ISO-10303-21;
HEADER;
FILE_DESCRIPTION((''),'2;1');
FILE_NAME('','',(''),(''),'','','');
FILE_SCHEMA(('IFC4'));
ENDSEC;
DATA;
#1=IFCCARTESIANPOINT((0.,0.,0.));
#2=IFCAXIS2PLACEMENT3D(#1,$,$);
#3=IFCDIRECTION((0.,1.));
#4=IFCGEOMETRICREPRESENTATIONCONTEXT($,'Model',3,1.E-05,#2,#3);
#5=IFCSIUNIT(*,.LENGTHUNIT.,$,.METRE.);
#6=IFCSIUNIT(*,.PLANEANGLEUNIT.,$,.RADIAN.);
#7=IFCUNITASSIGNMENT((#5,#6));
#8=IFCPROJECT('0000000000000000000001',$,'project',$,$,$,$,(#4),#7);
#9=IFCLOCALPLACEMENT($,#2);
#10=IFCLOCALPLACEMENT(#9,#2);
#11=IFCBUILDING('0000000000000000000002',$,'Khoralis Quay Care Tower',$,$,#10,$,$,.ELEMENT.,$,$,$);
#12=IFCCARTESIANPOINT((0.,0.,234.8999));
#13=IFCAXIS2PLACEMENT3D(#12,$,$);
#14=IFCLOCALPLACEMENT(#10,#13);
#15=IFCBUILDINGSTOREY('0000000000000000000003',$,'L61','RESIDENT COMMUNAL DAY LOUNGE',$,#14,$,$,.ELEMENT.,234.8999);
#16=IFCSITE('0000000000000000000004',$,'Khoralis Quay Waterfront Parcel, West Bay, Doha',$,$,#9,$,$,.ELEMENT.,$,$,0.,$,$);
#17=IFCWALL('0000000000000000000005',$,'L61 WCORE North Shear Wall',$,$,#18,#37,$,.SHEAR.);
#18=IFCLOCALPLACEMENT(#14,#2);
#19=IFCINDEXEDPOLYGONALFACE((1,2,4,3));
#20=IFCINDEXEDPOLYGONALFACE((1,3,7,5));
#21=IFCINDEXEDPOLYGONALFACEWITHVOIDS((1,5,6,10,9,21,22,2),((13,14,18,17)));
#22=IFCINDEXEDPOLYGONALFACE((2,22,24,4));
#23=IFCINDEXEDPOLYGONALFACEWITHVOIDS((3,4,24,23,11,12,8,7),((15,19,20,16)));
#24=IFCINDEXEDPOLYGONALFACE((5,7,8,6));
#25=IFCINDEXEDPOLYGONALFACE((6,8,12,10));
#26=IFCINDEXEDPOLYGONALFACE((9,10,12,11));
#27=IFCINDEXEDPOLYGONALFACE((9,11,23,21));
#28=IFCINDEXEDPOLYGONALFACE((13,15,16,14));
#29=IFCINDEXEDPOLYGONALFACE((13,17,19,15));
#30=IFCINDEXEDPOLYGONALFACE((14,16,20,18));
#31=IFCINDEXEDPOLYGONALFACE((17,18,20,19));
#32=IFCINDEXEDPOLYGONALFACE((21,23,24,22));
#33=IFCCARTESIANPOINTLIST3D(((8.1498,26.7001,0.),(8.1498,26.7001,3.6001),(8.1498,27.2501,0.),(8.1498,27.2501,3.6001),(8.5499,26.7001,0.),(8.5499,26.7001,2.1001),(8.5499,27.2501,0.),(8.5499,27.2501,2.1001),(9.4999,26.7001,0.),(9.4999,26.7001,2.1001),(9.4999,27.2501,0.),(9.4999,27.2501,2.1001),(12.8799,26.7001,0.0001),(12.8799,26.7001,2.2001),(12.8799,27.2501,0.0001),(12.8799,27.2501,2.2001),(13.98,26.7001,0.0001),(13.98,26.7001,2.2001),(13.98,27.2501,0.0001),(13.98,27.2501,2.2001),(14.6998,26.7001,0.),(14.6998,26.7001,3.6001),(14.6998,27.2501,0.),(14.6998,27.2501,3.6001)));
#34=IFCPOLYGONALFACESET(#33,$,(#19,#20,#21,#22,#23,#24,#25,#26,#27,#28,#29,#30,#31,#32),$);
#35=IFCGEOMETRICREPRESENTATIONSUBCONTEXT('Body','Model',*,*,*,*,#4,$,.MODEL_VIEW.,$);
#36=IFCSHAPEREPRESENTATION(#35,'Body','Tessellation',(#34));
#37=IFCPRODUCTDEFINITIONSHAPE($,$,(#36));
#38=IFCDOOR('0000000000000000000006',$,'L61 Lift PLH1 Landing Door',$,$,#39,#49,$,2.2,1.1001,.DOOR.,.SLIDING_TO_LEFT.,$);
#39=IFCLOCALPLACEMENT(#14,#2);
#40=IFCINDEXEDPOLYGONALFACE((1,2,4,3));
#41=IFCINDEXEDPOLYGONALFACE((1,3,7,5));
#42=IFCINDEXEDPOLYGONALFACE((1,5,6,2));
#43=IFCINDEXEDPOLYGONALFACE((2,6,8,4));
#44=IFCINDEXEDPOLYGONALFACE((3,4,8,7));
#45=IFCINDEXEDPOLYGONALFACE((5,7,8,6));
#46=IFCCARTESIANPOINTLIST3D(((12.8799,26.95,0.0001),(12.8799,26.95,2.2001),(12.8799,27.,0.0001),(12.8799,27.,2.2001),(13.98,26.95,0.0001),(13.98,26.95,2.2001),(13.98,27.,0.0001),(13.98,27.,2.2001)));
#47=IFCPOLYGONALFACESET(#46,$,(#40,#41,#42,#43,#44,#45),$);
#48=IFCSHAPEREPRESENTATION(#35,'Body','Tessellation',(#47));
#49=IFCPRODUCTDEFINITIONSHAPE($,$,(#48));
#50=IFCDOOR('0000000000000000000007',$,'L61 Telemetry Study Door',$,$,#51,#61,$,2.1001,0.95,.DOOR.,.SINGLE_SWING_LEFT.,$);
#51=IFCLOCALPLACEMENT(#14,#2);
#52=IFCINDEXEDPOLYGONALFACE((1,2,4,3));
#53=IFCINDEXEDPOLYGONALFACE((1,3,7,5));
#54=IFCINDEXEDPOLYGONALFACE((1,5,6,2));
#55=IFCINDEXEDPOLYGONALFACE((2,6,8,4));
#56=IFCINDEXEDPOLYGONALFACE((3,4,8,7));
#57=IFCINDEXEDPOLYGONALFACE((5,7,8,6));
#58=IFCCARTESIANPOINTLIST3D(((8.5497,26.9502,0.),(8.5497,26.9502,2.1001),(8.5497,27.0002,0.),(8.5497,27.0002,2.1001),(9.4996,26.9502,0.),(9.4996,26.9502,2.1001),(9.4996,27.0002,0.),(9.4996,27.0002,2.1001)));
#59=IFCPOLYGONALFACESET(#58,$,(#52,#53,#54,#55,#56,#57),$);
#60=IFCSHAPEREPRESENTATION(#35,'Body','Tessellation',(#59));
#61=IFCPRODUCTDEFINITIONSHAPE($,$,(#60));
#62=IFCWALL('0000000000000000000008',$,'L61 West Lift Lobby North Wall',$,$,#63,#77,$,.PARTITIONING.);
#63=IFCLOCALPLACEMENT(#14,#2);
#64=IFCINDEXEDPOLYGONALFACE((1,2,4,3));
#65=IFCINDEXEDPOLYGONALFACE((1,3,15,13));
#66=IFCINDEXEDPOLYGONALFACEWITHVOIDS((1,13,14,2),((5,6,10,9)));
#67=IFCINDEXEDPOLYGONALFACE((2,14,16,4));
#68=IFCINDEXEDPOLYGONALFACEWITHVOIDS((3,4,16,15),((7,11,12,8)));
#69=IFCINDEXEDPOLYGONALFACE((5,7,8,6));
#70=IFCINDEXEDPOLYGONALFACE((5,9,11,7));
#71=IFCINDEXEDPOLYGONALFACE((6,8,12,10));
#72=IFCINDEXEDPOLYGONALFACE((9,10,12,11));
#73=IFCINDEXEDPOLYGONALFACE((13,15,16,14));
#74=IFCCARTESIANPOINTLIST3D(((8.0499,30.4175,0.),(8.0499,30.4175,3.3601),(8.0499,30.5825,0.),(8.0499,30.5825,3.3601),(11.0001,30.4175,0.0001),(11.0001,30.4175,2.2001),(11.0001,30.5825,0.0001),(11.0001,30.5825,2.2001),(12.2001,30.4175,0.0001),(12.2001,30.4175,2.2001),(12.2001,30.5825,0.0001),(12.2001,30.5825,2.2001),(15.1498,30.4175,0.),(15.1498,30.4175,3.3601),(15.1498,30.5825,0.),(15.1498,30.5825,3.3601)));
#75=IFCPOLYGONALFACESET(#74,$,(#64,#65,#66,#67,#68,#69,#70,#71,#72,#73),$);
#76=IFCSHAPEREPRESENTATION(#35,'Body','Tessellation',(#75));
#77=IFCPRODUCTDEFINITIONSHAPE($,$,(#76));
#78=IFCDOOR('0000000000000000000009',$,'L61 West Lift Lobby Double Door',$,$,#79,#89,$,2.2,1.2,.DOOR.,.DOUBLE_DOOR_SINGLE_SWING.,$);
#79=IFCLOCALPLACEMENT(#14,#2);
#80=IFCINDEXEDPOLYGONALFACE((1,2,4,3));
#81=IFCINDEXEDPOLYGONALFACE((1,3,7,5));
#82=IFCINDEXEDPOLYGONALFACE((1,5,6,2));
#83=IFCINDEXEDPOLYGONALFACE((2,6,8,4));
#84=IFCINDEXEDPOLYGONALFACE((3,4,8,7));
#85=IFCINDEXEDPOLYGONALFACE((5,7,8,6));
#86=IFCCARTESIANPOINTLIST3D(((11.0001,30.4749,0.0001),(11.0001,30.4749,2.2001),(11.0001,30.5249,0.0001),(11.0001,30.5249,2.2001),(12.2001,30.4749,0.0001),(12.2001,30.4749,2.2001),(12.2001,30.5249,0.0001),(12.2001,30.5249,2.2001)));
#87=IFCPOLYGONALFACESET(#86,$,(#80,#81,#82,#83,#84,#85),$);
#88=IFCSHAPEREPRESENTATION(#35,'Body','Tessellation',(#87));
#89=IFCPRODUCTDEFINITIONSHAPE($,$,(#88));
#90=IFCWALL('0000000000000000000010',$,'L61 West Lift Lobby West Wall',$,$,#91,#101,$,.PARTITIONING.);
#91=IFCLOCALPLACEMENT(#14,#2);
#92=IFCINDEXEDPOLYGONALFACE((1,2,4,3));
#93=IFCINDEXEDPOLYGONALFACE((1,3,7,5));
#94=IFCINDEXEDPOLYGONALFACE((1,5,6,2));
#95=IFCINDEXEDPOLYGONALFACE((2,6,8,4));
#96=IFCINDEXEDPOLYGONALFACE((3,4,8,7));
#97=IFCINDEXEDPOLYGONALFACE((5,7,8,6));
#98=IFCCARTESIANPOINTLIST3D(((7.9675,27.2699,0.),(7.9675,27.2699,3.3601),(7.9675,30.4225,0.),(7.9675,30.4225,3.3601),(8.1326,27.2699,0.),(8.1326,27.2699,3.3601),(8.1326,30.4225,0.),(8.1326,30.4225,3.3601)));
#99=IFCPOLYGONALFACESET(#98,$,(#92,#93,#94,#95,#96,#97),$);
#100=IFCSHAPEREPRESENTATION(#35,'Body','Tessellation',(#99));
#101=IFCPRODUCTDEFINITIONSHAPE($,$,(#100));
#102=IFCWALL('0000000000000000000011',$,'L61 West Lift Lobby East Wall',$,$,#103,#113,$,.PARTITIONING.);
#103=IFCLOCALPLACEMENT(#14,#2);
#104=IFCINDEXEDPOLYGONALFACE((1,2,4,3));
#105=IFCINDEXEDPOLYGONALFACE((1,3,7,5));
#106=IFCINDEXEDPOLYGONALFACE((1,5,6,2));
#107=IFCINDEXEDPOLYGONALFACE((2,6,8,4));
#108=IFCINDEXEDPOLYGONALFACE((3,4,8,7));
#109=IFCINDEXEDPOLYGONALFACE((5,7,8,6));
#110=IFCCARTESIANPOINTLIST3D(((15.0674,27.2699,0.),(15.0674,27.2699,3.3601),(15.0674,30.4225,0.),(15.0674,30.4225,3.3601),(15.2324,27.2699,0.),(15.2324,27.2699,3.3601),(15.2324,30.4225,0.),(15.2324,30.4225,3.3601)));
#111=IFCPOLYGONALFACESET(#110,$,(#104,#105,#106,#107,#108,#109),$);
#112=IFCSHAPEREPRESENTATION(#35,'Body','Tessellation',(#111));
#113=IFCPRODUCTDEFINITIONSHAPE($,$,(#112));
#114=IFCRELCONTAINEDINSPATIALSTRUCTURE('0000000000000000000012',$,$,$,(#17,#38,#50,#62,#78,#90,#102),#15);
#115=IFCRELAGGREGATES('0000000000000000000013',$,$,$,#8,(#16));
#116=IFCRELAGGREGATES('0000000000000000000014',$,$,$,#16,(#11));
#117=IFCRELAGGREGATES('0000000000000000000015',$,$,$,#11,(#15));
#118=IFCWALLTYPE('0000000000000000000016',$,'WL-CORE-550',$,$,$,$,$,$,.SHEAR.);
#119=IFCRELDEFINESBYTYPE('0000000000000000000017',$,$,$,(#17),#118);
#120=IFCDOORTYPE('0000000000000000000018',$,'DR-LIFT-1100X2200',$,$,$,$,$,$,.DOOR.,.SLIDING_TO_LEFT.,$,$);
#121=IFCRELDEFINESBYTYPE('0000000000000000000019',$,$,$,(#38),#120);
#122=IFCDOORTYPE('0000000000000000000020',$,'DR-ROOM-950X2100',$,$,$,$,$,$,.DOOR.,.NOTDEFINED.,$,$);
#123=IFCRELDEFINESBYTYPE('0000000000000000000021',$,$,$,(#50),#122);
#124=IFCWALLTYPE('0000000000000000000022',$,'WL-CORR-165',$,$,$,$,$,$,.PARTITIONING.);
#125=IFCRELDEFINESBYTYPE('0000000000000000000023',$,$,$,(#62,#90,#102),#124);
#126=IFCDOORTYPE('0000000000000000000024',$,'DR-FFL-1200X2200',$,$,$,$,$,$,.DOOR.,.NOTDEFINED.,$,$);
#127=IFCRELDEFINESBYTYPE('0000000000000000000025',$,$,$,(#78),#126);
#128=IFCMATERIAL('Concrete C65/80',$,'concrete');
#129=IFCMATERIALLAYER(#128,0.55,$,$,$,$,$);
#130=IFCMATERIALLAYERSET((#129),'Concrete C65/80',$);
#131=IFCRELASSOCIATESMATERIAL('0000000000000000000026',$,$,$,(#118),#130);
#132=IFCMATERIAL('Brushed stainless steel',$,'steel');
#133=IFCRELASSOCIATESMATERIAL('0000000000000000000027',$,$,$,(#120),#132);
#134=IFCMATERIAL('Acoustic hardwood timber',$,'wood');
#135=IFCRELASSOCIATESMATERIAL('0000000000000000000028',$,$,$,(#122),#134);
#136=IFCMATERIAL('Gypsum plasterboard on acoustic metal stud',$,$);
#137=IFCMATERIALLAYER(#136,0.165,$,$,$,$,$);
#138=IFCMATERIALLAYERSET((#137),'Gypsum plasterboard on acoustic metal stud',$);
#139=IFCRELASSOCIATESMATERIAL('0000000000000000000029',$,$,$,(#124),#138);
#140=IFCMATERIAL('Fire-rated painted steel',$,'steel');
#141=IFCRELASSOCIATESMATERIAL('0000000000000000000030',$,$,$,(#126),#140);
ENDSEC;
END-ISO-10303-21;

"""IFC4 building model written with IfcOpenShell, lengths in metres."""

from ifc_helpers import new_model, si_unit, direction, frame, frame_2d, origin, place, context, subcontext, project, spatial, rectangle, extrude, source, transform, mapped, material, layer, layer_set, type_object, element, fill, save


model = new_model("IFC4")

# Units and contexts
model_context = context("Model", 3, precision=1e-05, world=origin(), true_north=direction((0.0, 1.0)))
body_context = subcontext(model_context, "Body", "Model", "MODEL_VIEW")
ifc_project = project(units=[si_unit("LENGTHUNIT", "METRE"), si_unit("PLANEANGLEUNIT", "RADIAN")], contexts=[model_context])

# Site, building, storey
site_placement = place(None, origin())
site = spatial("IfcSite", under=ifc_project, at=site_placement, Name="Khoralis Quay Waterfront Parcel, West Bay, Doha", CompositionType="ELEMENT", RefElevation=0.0)
building_placement = place(site_placement, origin())
building = spatial("IfcBuilding", under=site, at=building_placement, Name="Khoralis Quay Care Tower", CompositionType="ELEMENT")
storey_placement = place(building_placement, frame((0.0, 0.0, 234.8999)))
storey = spatial("IfcBuildingStorey", under=building, at=storey_placement, Name="L61", Description="RESIDENT COMMUNAL DAY LOUNGE", CompositionType="ELEMENT", Elevation=234.8999)

# Wall, openings, doors
ifc_material_1 = material(Name="Concrete C65/80", Category="concrete")
ifc_layer_1 = layer(ifc_material_1, 0.55)
ifc_layer_set_1 = layer_set([ifc_layer_1], Name="Concrete C65/80")
wall_type_1 = type_object("IfcWallType", Name="WL-CORE-550", PredefinedType="SHEAR", material=ifc_layer_set_1)
wall_1_placement = place(storey_placement, frame((8.1499, 26.9751, 0.0), z_axis=(0.0, 0.0, 1.0), x_axis=(1.0, 0.0, 0.0)))
wall_1 = element("IfcWall", 1, at=wall_1_placement, inside=storey, type_object=wall_type_1, Name="L61 WCORE North Shear Wall", PredefinedType="SHEAR", context=body_context, shape_type="SweptSolid", body=[
    extrude(rectangle(XDim=6.55, YDim=0.55, at=frame_2d((3.2749, 0.0))), origin(), (0.0, 0.0, 1.0), 3.6001),
])
opening_1_placement = place(wall_1_placement, frame((0.3999, 0.0, 0.0)))
opening_1 = element("IfcOpeningElement", 2, at=opening_1_placement, cuts=wall_1, PredefinedType="OPENING", context=body_context, shape_type="SweptSolid", body=[
    extrude(rectangle(XDim=0.95, YDim=2.1001, at=frame_2d((0.4751, 1.05))), frame((0.0, 0.2852, 0.0), z_axis=(0.0, -1.0, 0.0), x_axis=(1.0, 0.0, 0.0)), (0.0, 0.0, 1.0), 0.5701),
])
opening_2_placement = place(wall_1_placement, frame((4.73, 0.0, 0.0)))
opening_2 = element("IfcOpeningElement", 3, at=opening_2_placement, cuts=wall_1, PredefinedType="OPENING", context=body_context, shape_type="SweptSolid", body=[
    extrude(rectangle(XDim=1.1001, YDim=2.2, at=frame_2d((0.55, 1.1001))), frame((0.0, 0.2852, 0.0), z_axis=(0.0, -1.0, 0.0), x_axis=(1.0, 0.0, 0.0)), (0.0, 0.0, 1.0), 0.5701),
])
ifc_material_2 = material(Name="Brushed stainless steel", Category="steel")
door_type_1 = type_object("IfcDoorType", Name="DR-LIFT-1100X2200", OperationType="SLIDING_TO_LEFT", PredefinedType="DOOR", material=ifc_material_2)
shared_shape_1 = source(origin(), body_context, "Body", "SweptSolid", [
    extrude(rectangle(XDim=1.1001, YDim=2.2, at=frame_2d((0.55, 1.1001))), frame((0.0, 0.0249, 0.0), z_axis=(0.0, -1.0, 0.0), x_axis=(1.0, 0.0, 0.0)), (0.0, 0.0, 1.0), 0.05),
])
door_1_placement = place(opening_2_placement, origin())
door_1 = element("IfcDoor", 4, at=door_1_placement, inside=storey, type_object=door_type_1, Name="L61 Lift PLH1 Landing Door", OperationType="SLIDING_TO_LEFT", OverallHeight=2.2, OverallWidth=1.1001, PredefinedType="DOOR", context=body_context, shape_type="MappedRepresentation", body=[
    mapped(shared_shape_1, transform((0.0, 0.0, 0.0), scale=1.0)),
])
fill(opening_2, door_1)
ifc_material_3 = material(Name="Acoustic hardwood timber", Category="wood")
door_type_2 = type_object("IfcDoorType", Name="DR-ROOM-950X2100", OperationType="NOTDEFINED", PredefinedType="DOOR", material=ifc_material_3)
shared_shape_2 = source(origin(), body_context, "Body", "SweptSolid", [
    extrude(rectangle(XDim=0.95, YDim=2.1001, at=frame_2d((0.4751, 1.05))), frame((0.0, 0.0249, 0.0), z_axis=(0.0, -1.0, 0.0), x_axis=(1.0, 0.0, 0.0)), (0.0, 0.0, 1.0), 0.05),
])
door_2_placement = place(opening_1_placement, frame((0.95, 0.0, 0.0), z_axis=(0.0, 0.0, 1.0), x_axis=(-1.0, 0.0, 0.0)))
door_2 = element("IfcDoor", 5, at=door_2_placement, inside=storey, type_object=door_type_2, Name="L61 Telemetry Study Door", OperationType="SINGLE_SWING_LEFT", OverallHeight=2.1001, OverallWidth=0.95, PredefinedType="DOOR", context=body_context, shape_type="MappedRepresentation", body=[
    mapped(shared_shape_2, transform((0.0, 0.0, 0.0), scale=1.0)),
])
fill(opening_1, door_2)

# Wall, opening, door
ifc_material_4 = material(Name="Gypsum plasterboard on acoustic metal stud")
ifc_layer_2 = layer(ifc_material_4, 0.165)
ifc_layer_set_2 = layer_set([ifc_layer_2], Name="Gypsum plasterboard on acoustic metal stud")
wall_type_2 = type_object("IfcWallType", Name="WL-CORR-165", PredefinedType="PARTITIONING", material=ifc_layer_set_2)
wall_2_placement = place(storey_placement, frame((8.05, 30.5, 0.0), z_axis=(0.0, 0.0, 1.0), x_axis=(1.0, 0.0, 0.0)))
wall_2 = element("IfcWall", 6, at=wall_2_placement, inside=storey, type_object=wall_type_2, Name="L61 West Lift Lobby North Wall", PredefinedType="PARTITIONING", context=body_context, shape_type="SweptSolid", body=[
    extrude(rectangle(XDim=7.0999, YDim=0.165, at=frame_2d((3.5498, 0.0))), origin(), (0.0, 0.0, 1.0), 3.3601),
])
opening_3_placement = place(wall_2_placement, frame((2.95, 0.0, 0.0)))
opening_3 = element("IfcOpeningElement", 7, at=opening_3_placement, cuts=wall_2, PredefinedType="OPENING", context=body_context, shape_type="SweptSolid", body=[
    extrude(rectangle(XDim=1.2, YDim=2.2, at=frame_2d((0.6001, 1.1001))), frame((0.0, 0.0925, 0.0), z_axis=(0.0, -1.0, 0.0), x_axis=(1.0, 0.0, 0.0)), (0.0, 0.0, 1.0), 0.1851),
])
ifc_material_5 = material(Name="Fire-rated painted steel", Category="steel")
door_type_3 = type_object("IfcDoorType", Name="DR-FFL-1200X2200", OperationType="NOTDEFINED", PredefinedType="DOOR", material=ifc_material_5)
shared_shape_3 = source(origin(), body_context, "Body", "SweptSolid", [
    extrude(rectangle(XDim=1.2, YDim=2.2, at=frame_2d((0.6001, 1.1001))), frame((0.0, 0.0249, 0.0), z_axis=(0.0, -1.0, 0.0), x_axis=(1.0, 0.0, 0.0)), (0.0, 0.0, 1.0), 0.05),
])
door_3_placement = place(opening_3_placement, origin())
door_3 = element("IfcDoor", 8, at=door_3_placement, inside=storey, type_object=door_type_3, Name="L61 West Lift Lobby Double Door", OperationType="DOUBLE_DOOR_SINGLE_SWING", OverallHeight=2.2, OverallWidth=1.2, PredefinedType="DOOR", context=body_context, shape_type="MappedRepresentation", body=[
    mapped(shared_shape_3, transform((0.0, 0.0, 0.0), scale=1.0)),
])
fill(opening_3, door_3)

# Walls
for number, where, z_axis, x_axis, name in (
    (9, (8.05, 27.27, 0.0), (0.0, 0.0, 1.0), (0.0, 1.0, 0.0), "L61 West Lift Lobby West Wall"),
    (10, (15.1499, 27.27, 0.0), (0.0, 0.0, 1.0), (0.0, 1.0, 0.0), "L61 West Lift Lobby East Wall"),
):
    element("IfcWall", number, at=place(storey_placement, frame(where, z_axis=z_axis, x_axis=x_axis)), inside=storey, type_object=wall_type_2, Name=name, PredefinedType="PARTITIONING", context=body_context, shape_type="SweptSolid", body=[
        extrude(rectangle(XDim=3.1526, YDim=0.165, at=frame_2d((1.5762, 0.0))), origin(), (0.0, 0.0, 1.0), 3.3601),
    ])

save(model, "model.ifc")
